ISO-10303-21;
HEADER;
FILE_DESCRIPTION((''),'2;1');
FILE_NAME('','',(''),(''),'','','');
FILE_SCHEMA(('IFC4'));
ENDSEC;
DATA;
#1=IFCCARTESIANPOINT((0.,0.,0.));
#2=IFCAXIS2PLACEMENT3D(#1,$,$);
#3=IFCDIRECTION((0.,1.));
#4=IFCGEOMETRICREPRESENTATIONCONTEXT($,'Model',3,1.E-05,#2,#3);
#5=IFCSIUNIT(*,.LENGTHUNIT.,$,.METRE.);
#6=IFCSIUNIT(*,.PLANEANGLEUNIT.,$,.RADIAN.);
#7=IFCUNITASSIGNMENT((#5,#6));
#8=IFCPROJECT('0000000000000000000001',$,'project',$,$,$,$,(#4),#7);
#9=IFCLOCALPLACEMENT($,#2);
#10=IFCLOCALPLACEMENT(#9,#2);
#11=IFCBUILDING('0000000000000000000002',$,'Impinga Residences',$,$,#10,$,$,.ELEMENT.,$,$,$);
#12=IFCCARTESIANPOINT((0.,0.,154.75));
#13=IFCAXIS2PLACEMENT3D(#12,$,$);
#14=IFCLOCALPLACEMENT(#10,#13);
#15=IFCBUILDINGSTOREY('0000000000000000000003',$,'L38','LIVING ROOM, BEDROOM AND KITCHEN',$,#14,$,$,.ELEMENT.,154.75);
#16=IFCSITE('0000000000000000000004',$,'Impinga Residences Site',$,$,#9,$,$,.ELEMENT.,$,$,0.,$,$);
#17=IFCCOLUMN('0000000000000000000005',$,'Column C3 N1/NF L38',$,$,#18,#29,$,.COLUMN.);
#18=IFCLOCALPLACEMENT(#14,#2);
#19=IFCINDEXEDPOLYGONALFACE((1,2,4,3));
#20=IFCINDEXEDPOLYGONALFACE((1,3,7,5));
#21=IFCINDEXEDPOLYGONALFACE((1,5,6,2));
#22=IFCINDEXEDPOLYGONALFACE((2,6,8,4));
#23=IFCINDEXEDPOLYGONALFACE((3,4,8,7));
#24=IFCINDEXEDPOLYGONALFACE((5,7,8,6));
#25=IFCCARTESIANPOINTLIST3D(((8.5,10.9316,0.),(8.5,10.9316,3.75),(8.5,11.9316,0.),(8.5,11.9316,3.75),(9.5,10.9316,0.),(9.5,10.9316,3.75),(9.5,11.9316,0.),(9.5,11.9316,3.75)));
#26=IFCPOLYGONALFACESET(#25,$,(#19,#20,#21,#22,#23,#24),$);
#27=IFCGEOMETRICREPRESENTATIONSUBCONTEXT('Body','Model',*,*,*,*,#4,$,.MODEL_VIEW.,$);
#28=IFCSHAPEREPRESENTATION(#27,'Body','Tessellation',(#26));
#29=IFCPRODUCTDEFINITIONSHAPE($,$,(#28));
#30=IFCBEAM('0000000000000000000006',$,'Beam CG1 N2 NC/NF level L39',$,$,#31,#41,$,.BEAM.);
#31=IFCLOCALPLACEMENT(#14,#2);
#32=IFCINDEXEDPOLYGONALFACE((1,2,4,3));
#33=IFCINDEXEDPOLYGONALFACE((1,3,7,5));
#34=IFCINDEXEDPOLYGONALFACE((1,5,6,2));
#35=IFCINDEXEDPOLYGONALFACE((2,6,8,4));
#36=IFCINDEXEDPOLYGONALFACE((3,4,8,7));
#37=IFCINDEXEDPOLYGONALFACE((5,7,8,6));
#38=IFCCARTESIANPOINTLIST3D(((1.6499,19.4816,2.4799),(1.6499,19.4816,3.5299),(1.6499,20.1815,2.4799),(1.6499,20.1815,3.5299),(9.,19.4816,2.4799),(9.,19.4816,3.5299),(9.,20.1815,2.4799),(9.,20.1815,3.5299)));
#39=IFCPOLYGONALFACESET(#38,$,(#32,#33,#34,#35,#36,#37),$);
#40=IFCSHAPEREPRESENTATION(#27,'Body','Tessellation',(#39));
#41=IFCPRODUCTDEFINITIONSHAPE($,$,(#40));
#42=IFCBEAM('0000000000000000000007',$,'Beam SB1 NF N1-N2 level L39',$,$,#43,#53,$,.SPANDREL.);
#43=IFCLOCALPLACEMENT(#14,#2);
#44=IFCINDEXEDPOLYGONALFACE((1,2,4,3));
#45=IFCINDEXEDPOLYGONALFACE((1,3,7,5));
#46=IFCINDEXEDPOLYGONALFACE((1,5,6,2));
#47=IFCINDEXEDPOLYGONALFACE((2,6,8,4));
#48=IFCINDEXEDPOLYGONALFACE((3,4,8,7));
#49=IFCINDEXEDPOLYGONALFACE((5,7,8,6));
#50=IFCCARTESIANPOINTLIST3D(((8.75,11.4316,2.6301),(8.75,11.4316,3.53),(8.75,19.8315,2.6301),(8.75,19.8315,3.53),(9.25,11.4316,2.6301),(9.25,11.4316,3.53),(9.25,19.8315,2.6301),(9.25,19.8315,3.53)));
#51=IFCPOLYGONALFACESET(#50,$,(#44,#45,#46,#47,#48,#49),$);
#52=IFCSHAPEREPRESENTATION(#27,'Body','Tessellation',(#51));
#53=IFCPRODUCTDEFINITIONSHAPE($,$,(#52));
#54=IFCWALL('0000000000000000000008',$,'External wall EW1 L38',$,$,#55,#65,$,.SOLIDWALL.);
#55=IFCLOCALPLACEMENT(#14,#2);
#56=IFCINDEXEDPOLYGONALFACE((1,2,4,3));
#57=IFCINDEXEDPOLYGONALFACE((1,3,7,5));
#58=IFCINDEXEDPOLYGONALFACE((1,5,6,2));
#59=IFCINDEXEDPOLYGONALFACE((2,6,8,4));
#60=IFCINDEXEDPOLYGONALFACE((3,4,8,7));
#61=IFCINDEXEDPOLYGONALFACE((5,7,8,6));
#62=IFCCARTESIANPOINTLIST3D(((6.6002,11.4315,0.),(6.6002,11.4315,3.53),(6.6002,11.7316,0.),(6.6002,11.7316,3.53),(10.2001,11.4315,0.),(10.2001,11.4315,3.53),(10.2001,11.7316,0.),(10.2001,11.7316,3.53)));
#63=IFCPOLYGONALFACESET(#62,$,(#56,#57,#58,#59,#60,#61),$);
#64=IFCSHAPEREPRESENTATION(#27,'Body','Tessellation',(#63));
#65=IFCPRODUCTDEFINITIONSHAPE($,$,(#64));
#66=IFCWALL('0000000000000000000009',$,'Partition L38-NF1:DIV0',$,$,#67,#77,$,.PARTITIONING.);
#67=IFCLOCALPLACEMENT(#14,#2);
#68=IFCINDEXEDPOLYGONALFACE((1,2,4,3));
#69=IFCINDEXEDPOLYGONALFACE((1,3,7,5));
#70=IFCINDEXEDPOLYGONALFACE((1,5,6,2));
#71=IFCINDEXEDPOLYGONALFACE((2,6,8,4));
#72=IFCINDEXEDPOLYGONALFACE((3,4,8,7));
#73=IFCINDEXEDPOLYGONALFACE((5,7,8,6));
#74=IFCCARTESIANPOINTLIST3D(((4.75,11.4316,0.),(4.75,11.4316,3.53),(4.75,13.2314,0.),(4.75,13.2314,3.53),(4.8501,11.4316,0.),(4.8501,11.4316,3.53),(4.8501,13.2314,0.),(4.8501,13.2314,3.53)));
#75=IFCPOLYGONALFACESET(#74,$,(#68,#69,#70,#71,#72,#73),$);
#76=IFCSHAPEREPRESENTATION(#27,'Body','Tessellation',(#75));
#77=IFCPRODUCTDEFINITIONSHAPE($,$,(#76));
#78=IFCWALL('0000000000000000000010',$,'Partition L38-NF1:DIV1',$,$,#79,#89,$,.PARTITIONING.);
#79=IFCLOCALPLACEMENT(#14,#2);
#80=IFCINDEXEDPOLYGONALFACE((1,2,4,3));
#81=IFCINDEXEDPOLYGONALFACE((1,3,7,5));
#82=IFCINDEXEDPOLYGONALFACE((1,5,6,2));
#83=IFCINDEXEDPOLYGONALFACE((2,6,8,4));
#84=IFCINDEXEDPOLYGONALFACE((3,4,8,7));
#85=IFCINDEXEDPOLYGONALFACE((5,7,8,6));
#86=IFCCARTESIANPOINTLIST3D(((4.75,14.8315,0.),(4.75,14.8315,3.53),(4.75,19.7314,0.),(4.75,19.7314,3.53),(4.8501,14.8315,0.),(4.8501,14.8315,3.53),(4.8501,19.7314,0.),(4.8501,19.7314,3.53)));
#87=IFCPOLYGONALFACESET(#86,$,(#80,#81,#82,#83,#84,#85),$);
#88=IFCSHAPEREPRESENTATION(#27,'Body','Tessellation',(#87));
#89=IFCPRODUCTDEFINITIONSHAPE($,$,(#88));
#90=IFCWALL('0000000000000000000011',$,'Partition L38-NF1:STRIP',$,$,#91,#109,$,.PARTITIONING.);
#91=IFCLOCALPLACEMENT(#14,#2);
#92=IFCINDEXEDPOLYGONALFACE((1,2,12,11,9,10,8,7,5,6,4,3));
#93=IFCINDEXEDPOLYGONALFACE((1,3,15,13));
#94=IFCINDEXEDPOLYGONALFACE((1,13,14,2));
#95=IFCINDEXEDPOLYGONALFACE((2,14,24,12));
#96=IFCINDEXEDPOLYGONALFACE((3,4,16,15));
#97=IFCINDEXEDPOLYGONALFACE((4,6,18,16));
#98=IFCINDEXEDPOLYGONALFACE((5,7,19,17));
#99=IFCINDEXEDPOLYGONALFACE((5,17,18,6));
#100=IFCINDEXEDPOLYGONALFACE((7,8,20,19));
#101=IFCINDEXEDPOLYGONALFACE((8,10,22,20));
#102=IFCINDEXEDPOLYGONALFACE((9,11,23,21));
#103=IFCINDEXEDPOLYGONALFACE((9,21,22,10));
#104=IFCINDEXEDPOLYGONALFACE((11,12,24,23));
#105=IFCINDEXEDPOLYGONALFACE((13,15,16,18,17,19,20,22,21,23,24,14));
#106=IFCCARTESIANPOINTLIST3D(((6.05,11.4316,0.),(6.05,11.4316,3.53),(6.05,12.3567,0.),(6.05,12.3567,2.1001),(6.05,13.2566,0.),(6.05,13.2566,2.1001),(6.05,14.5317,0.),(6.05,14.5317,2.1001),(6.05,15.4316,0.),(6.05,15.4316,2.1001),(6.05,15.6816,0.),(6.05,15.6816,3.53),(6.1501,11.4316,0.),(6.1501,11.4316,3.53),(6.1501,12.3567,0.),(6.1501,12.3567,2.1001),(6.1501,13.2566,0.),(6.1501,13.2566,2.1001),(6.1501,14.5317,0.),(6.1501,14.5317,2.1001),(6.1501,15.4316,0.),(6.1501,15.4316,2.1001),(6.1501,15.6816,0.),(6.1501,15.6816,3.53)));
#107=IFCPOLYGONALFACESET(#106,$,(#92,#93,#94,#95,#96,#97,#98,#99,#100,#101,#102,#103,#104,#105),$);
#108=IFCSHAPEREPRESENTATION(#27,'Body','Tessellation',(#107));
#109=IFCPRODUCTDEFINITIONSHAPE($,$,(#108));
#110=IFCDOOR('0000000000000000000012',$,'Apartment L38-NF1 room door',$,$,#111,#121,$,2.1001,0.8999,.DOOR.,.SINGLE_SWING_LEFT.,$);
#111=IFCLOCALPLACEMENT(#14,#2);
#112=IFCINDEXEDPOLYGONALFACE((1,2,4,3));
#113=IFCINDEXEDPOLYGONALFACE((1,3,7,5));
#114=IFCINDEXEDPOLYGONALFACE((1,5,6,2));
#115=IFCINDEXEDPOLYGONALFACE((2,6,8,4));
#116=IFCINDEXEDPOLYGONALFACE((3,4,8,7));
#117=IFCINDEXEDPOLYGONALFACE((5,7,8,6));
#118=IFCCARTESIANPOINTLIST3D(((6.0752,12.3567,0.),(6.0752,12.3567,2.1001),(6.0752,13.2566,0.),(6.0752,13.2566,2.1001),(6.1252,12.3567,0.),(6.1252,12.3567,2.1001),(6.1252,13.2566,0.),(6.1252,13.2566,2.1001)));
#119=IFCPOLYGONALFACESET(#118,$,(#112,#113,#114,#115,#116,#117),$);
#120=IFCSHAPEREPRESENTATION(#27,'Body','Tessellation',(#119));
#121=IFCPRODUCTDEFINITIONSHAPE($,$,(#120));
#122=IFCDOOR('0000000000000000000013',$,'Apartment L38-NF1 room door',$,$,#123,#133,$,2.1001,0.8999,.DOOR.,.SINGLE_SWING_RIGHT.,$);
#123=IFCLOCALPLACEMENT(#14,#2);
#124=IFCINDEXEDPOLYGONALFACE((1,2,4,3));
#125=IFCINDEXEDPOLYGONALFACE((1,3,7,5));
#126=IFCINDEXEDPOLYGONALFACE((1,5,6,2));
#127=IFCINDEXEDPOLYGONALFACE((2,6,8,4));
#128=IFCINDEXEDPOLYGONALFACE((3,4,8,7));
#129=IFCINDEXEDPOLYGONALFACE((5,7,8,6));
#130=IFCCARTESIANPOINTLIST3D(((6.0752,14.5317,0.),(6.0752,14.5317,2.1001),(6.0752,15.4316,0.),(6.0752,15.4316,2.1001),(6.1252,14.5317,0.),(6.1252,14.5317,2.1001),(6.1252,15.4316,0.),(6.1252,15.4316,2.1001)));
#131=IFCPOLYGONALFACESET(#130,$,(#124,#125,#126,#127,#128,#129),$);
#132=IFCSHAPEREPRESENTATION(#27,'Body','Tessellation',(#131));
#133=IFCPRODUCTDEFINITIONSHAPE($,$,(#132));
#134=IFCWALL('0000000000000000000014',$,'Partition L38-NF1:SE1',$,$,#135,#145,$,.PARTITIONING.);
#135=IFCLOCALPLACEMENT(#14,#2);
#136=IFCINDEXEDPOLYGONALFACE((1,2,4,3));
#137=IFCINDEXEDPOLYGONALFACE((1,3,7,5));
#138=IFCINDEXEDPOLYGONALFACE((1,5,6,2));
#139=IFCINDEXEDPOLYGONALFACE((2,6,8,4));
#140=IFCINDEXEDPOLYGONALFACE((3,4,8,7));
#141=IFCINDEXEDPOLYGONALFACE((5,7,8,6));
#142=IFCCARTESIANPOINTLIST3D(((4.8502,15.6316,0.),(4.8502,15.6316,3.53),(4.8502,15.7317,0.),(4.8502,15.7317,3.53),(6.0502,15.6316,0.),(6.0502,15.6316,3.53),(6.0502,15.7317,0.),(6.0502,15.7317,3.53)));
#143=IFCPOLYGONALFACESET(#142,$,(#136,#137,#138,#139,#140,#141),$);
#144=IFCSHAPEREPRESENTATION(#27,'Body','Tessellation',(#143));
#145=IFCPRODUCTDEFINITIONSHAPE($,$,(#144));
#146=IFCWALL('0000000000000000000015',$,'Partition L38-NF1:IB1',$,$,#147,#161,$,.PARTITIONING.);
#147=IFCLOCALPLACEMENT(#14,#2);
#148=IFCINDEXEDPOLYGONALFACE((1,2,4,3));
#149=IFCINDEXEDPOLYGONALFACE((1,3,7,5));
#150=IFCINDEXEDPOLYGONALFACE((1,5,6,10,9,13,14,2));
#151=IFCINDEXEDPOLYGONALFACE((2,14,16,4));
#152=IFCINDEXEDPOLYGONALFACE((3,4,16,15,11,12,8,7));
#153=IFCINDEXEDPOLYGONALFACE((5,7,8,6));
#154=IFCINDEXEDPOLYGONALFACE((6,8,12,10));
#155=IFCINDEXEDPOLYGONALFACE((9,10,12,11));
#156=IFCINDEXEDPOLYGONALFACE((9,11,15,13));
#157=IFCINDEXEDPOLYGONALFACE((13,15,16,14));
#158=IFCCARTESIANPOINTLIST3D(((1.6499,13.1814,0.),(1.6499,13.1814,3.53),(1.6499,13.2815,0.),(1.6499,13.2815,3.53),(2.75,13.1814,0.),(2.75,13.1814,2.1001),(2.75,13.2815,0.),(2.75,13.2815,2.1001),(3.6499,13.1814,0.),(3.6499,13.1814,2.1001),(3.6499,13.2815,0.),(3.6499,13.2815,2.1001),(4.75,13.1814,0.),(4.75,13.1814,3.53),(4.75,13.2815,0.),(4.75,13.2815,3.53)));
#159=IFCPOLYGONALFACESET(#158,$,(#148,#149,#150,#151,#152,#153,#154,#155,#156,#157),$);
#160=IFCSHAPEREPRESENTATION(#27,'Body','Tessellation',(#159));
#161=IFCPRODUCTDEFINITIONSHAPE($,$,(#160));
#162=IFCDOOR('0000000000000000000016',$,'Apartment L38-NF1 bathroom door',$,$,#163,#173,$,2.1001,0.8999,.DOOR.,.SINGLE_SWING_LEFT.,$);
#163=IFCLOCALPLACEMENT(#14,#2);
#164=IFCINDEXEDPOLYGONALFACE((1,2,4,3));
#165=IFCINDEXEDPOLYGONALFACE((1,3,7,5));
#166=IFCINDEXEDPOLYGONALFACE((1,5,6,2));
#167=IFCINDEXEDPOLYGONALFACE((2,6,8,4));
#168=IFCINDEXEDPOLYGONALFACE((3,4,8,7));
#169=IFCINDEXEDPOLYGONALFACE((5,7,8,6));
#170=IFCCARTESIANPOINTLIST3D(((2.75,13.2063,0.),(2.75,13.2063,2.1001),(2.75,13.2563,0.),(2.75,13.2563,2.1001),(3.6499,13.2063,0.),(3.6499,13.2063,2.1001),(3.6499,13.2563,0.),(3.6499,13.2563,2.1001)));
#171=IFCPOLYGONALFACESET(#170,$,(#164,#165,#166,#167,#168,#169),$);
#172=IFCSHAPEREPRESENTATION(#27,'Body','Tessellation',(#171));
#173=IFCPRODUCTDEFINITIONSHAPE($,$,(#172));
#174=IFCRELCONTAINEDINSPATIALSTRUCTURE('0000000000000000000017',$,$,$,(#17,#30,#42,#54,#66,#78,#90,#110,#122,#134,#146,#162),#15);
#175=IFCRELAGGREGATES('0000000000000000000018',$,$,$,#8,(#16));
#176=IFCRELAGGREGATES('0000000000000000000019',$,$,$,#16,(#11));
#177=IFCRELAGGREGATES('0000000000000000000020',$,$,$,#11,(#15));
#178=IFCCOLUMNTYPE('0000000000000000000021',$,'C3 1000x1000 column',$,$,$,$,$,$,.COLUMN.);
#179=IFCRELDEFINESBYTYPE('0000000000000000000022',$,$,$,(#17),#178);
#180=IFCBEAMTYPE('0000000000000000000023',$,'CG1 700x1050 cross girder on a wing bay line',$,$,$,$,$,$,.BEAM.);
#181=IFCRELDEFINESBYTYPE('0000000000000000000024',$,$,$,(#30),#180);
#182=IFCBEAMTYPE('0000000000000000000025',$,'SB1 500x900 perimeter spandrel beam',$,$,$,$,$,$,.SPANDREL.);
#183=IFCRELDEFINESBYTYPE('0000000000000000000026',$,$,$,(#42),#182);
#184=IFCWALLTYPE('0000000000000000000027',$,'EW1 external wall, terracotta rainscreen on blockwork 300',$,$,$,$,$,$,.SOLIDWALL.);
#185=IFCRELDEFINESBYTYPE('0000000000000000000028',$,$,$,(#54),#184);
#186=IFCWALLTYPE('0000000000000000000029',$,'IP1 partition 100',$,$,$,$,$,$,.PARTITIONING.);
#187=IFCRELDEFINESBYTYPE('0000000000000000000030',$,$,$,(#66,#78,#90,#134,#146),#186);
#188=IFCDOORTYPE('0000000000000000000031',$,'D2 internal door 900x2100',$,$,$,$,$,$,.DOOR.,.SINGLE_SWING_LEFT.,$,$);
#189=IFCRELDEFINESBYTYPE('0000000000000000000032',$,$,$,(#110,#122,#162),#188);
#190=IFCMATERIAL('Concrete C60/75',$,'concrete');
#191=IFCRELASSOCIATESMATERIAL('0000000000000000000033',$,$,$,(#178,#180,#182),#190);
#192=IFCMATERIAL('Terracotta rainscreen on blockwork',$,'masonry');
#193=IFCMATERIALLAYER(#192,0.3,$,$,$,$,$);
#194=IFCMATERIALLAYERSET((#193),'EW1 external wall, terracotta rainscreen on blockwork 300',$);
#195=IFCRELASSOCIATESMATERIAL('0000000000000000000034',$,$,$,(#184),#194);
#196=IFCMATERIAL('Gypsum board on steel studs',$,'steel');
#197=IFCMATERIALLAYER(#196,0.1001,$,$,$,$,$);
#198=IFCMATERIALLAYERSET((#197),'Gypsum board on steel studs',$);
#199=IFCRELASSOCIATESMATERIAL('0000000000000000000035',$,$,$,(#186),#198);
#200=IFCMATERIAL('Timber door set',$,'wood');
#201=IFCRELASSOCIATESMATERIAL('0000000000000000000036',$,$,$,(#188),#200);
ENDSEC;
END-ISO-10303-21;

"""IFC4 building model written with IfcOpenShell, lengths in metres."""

from ifc_helpers import new_model, si_unit, direction, frame, frame_2d, origin, origin_2d, place, context, subcontext, project, spatial, rectangle, extrude, material, layer, layer_set, material_profile, profile_set, type_object, element, fill, save


model = new_model("IFC4")

# Units and contexts
model_context = context("Model", 3, precision=1e-05, world=origin(), true_north=direction((0.0, 1.0)))
body_context = subcontext(model_context, "Body", "Model", "MODEL_VIEW")
ifc_project = project(units=[si_unit("LENGTHUNIT", "METRE"), si_unit("PLANEANGLEUNIT", "RADIAN")], contexts=[model_context])

# Site, building, storey
site_placement = place(None, origin())
site = spatial("IfcSite", under=ifc_project, at=site_placement, Name="Impinga Residences Site", CompositionType="ELEMENT", RefElevation=0.0)
building_placement = place(site_placement, origin())
building = spatial("IfcBuilding", under=site, at=building_placement, Name="Impinga Residences", CompositionType="ELEMENT")
storey_placement = place(building_placement, frame((0.0, 0.0, 154.75)))
storey = spatial("IfcBuildingStorey", under=building, at=storey_placement, Name="L38", Description="LIVING ROOM, BEDROOM AND KITCHEN", CompositionType="ELEMENT", Elevation=154.75)

# Column
ifc_material_1 = material(Name="Concrete C60/75", Category="concrete")
ifc_material_profile_1 = material_profile(ifc_material_1, rectangle(XDim=1.0, YDim=1.0, at=origin_2d()), Name="RC 1000x1000")
ifc_profile_set_1 = profile_set([ifc_material_profile_1], Name="Concrete C60/75")
column_type = type_object("IfcColumnType", Name="C3 1000x1000 column", PredefinedType="COLUMN", material=ifc_profile_set_1)
column_placement = place(storey_placement, frame((9.0, 11.4316, 0.0), z_axis=(0.0, 0.0, 1.0), x_axis=(1.0, 0.0, 0.0)))
element("IfcColumn", 1, at=column_placement, inside=storey, type_object=column_type, Name="Column C3 N1/NF L38", PredefinedType="COLUMN", context=body_context, shape_type="SweptSolid", body=[
    extrude(rectangle(XDim=1.0, YDim=1.0, at=origin_2d()), origin(), (0.0, 0.0, 1.0), 3.75),
])

# Beams
ifc_material_profile_2 = material_profile(ifc_material_1, rectangle(XDim=0.7, YDim=1.05, at=origin_2d()), Name="RC 700x1050")
ifc_profile_set_2 = profile_set([ifc_material_profile_2], Name="Concrete C60/75")
beam_type_1 = type_object("IfcBeamType", Name="CG1 700x1050 cross girder on a wing bay line", PredefinedType="BEAM", material=ifc_profile_set_2)
beam_1_placement = place(storey_placement, frame((1.6499, 19.8315, 3.0049), z_axis=(1.0, 0.0, 0.0), x_axis=(0.0, 1.0, 0.0)))
element("IfcBeam", 2, at=beam_1_placement, inside=storey, type_object=beam_type_1, Name="Beam CG1 N2 NC/NF level L39", PredefinedType="BEAM", context=body_context, shape_type="SweptSolid", body=[
    extrude(rectangle(XDim=0.7, YDim=1.05, at=origin_2d()), origin(), (0.0, 0.0, 1.0), 7.3501),
])
ifc_material_profile_3 = material_profile(ifc_material_1, rectangle(XDim=0.5, YDim=0.8999, at=origin_2d()), Name="RC 500x900")
ifc_profile_set_3 = profile_set([ifc_material_profile_3], Name="Concrete C60/75")
beam_type_2 = type_object("IfcBeamType", Name="SB1 500x900 perimeter spandrel beam", PredefinedType="SPANDREL", material=ifc_profile_set_3)
beam_2_placement = place(storey_placement, frame((9.0, 11.4316, 3.0801), z_axis=(0.0, 1.0, 0.0), x_axis=(-1.0, 0.0, 0.0)))
element("IfcBeam", 3, at=beam_2_placement, inside=storey, type_object=beam_type_2, Name="Beam SB1 NF N1-N2 level L39", PredefinedType="SPANDREL", context=body_context, shape_type="SweptSolid", body=[
    extrude(rectangle(XDim=0.5, YDim=0.8999, at=origin_2d()), origin(), (0.0, 0.0, 1.0), 8.3999),
])

# Walls
ifc_material_2 = material(Name="Terracotta rainscreen on blockwork", Category="masonry")
ifc_layer_1 = layer(ifc_material_2, 0.3)
ifc_layer_set_1 = layer_set([ifc_layer_1], Name="EW1 external wall, terracotta rainscreen on blockwork 300")
wall_type_1 = type_object("IfcWallType", Name="EW1 external wall, terracotta rainscreen on blockwork 300", PredefinedType="SOLIDWALL", material=ifc_layer_set_1)
wall_1_placement = place(storey_placement, frame((10.2, 11.5815, 0.0), z_axis=(0.0, 0.0, 1.0), x_axis=(-1.0, 0.0, 0.0)))
element("IfcWall", 4, at=wall_1_placement, inside=storey, type_object=wall_type_1, Name="External wall EW1 L38", PredefinedType="SOLIDWALL", context=body_context, shape_type="SweptSolid", body=[
    extrude(rectangle(XDim=3.5999, YDim=0.3, at=frame_2d((1.7998, 0.0))), origin(), (0.0, 0.0, 1.0), 3.53),
])
ifc_material_3 = material(Name="Gypsum board on steel studs", Category="steel")
ifc_layer_2 = layer(ifc_material_3, 0.1001)
ifc_layer_set_2 = layer_set([ifc_layer_2], Name="Gypsum board on steel studs")
wall_type_2 = type_object("IfcWallType", Name="IP1 partition 100", PredefinedType="PARTITIONING", material=ifc_layer_set_2)
wall_2_placement = place(storey_placement, frame((4.8, 11.4316, 0.0), z_axis=(0.0, 0.0, 1.0), x_axis=(0.0, 1.0, 0.0)))
element("IfcWall", 5, at=wall_2_placement, inside=storey, type_object=wall_type_2, Name="Partition L38-NF1:DIV0", PredefinedType="PARTITIONING", context=body_context, shape_type="SweptSolid", body=[
    extrude(rectangle(XDim=1.7998, YDim=0.1001, at=frame_2d((0.8999, 0.0))), origin(), (0.0, 0.0, 1.0), 3.53),
])
wall_3_placement = place(storey_placement, frame((4.8, 14.8315, 0.0), z_axis=(0.0, 0.0, 1.0), x_axis=(0.0, 1.0, 0.0)))
element("IfcWall", 6, at=wall_3_placement, inside=storey, type_object=wall_type_2, Name="Partition L38-NF1:DIV1", PredefinedType="PARTITIONING", context=body_context, shape_type="SweptSolid", body=[
    extrude(rectangle(XDim=4.8999, YDim=0.1001, at=frame_2d((2.45, 0.0))), origin(), (0.0, 0.0, 1.0), 3.53),
])

# Wall, openings, doors
wall_4_placement = place(storey_placement, frame((6.1001, 11.4316, 0.0), z_axis=(0.0, 0.0, 1.0), x_axis=(0.0, 1.0, 0.0)))
wall_4 = element("IfcWall", 7, at=wall_4_placement, inside=storey, type_object=wall_type_2, Name="Partition L38-NF1:STRIP", PredefinedType="PARTITIONING", context=body_context, shape_type="SweptSolid", body=[
    extrude(rectangle(XDim=4.25, YDim=0.1001, at=frame_2d((2.125, 0.0))), origin(), (0.0, 0.0, 1.0), 3.53),
])
opening_1_placement = place(wall_4_placement, frame((0.925, 0.0, 0.0)))
opening_1 = element("IfcOpeningElement", 8, at=opening_1_placement, cuts=wall_4, PredefinedType="OPENING", context=body_context, shape_type="SweptSolid", body=[
    extrude(rectangle(XDim=0.8999, YDim=2.1001, at=frame_2d((0.45, 1.05))), frame((0.0, 0.0601, 0.0), z_axis=(0.0, -1.0, 0.0), x_axis=(1.0, 0.0, 0.0)), (0.0, 0.0, 1.0), 0.1201),
])
opening_2_placement = place(wall_4_placement, frame((3.1001, 0.0, 0.0)))
opening_2 = element("IfcOpeningElement", 9, at=opening_2_placement, cuts=wall_4, PredefinedType="OPENING", context=body_context, shape_type="SweptSolid", body=[
    extrude(rectangle(XDim=0.8999, YDim=2.1001, at=frame_2d((0.45, 1.05))), frame((0.0, 0.0601, 0.0), z_axis=(0.0, -1.0, 0.0), x_axis=(1.0, 0.0, 0.0)), (0.0, 0.0, 1.0), 0.1201),
])
ifc_material_4 = material(Name="Timber door set", Category="wood")
door_type_1 = type_object("IfcDoorType", Name="D2 internal door 900x2100", OperationType="SINGLE_SWING_LEFT", PredefinedType="DOOR", material=ifc_material_4)
door_1_placement = place(opening_1_placement, origin())
door_1 = element("IfcDoor", 10, at=door_1_placement, inside=storey, type_object=door_type_1, Name="Apartment L38-NF1 room door", OperationType="SINGLE_SWING_LEFT", OverallHeight=2.1001, OverallWidth=0.8999, PredefinedType="DOOR", context=body_context, shape_type="SweptSolid", body=[
    extrude(rectangle(XDim=0.8999, YDim=2.1001, at=frame_2d((0.45, 1.05))), frame((0.0, 0.0249, 0.0), z_axis=(0.0, -1.0, 0.0), x_axis=(1.0, 0.0, 0.0)), (0.0, 0.0, 1.0), 0.05),
])
fill(opening_1, door_1)
door_2_placement = place(opening_2_placement, origin())
door_2 = element("IfcDoor", 11, at=door_2_placement, inside=storey, type_object=door_type_1, Name="Apartment L38-NF1 room door", OperationType="SINGLE_SWING_RIGHT", OverallHeight=2.1001, OverallWidth=0.8999, PredefinedType="DOOR", context=body_context, shape_type="SweptSolid", body=[
    extrude(rectangle(XDim=0.8999, YDim=2.1001, at=frame_2d((0.45, 1.05))), frame((0.0, 0.0249, 0.0), z_axis=(0.0, -1.0, 0.0), x_axis=(1.0, 0.0, 0.0)), (0.0, 0.0, 1.0), 0.05),
])
fill(opening_2, door_2)

# Wall
wall_5_placement = place(storey_placement, frame((4.8501, 15.6816, 0.0), z_axis=(0.0, 0.0, 1.0), x_axis=(1.0, 0.0, 0.0)))
element("IfcWall", 12, at=wall_5_placement, inside=storey, type_object=wall_type_2, Name="Partition L38-NF1:SE1", PredefinedType="PARTITIONING", context=body_context, shape_type="SweptSolid", body=[
    extrude(rectangle(XDim=1.2, YDim=0.1001, at=frame_2d((0.6001, 0.0))), origin(), (0.0, 0.0, 1.0), 3.53),
])

# Wall, opening, door
wall_6_placement = place(storey_placement, frame((1.6499, 13.2314, 0.0), z_axis=(0.0, 0.0, 1.0), x_axis=(1.0, 0.0, 0.0)))
wall_6 = element("IfcWall", 13, at=wall_6_placement, inside=storey, type_object=wall_type_2, Name="Partition L38-NF1:IB1", PredefinedType="PARTITIONING", context=body_context, shape_type="SweptSolid", body=[
    extrude(rectangle(XDim=3.1001, YDim=0.1001, at=frame_2d((1.55, 0.0))), origin(), (0.0, 0.0, 1.0), 3.53),
])
opening_3_placement = place(wall_6_placement, frame((1.1001, 0.0, 0.0)))
opening_3 = element("IfcOpeningElement", 14, at=opening_3_placement, cuts=wall_6, PredefinedType="OPENING", context=body_context, shape_type="SweptSolid", body=[
    extrude(rectangle(XDim=0.8999, YDim=2.1001, at=frame_2d((0.45, 1.05))), frame((0.0, 0.0601, 0.0), z_axis=(0.0, -1.0, 0.0), x_axis=(1.0, 0.0, 0.0)), (0.0, 0.0, 1.0), 0.1201),
])
door_3_placement = place(opening_3_placement, origin())
door_3 = element("IfcDoor", 15, at=door_3_placement, inside=storey, type_object=door_type_1, Name="Apartment L38-NF1 bathroom door", OperationType="SINGLE_SWING_LEFT", OverallHeight=2.1001, OverallWidth=0.8999, PredefinedType="DOOR", context=body_context, shape_type="SweptSolid", body=[
    extrude(rectangle(XDim=0.8999, YDim=2.1001, at=frame_2d((0.45, 1.05))), frame((0.0, 0.0249, 0.0), z_axis=(0.0, -1.0, 0.0), x_axis=(1.0, 0.0, 0.0)), (0.0, 0.0, 1.0), 0.05),
])
fill(opening_3, door_3)

save(model, "model.ifc")
